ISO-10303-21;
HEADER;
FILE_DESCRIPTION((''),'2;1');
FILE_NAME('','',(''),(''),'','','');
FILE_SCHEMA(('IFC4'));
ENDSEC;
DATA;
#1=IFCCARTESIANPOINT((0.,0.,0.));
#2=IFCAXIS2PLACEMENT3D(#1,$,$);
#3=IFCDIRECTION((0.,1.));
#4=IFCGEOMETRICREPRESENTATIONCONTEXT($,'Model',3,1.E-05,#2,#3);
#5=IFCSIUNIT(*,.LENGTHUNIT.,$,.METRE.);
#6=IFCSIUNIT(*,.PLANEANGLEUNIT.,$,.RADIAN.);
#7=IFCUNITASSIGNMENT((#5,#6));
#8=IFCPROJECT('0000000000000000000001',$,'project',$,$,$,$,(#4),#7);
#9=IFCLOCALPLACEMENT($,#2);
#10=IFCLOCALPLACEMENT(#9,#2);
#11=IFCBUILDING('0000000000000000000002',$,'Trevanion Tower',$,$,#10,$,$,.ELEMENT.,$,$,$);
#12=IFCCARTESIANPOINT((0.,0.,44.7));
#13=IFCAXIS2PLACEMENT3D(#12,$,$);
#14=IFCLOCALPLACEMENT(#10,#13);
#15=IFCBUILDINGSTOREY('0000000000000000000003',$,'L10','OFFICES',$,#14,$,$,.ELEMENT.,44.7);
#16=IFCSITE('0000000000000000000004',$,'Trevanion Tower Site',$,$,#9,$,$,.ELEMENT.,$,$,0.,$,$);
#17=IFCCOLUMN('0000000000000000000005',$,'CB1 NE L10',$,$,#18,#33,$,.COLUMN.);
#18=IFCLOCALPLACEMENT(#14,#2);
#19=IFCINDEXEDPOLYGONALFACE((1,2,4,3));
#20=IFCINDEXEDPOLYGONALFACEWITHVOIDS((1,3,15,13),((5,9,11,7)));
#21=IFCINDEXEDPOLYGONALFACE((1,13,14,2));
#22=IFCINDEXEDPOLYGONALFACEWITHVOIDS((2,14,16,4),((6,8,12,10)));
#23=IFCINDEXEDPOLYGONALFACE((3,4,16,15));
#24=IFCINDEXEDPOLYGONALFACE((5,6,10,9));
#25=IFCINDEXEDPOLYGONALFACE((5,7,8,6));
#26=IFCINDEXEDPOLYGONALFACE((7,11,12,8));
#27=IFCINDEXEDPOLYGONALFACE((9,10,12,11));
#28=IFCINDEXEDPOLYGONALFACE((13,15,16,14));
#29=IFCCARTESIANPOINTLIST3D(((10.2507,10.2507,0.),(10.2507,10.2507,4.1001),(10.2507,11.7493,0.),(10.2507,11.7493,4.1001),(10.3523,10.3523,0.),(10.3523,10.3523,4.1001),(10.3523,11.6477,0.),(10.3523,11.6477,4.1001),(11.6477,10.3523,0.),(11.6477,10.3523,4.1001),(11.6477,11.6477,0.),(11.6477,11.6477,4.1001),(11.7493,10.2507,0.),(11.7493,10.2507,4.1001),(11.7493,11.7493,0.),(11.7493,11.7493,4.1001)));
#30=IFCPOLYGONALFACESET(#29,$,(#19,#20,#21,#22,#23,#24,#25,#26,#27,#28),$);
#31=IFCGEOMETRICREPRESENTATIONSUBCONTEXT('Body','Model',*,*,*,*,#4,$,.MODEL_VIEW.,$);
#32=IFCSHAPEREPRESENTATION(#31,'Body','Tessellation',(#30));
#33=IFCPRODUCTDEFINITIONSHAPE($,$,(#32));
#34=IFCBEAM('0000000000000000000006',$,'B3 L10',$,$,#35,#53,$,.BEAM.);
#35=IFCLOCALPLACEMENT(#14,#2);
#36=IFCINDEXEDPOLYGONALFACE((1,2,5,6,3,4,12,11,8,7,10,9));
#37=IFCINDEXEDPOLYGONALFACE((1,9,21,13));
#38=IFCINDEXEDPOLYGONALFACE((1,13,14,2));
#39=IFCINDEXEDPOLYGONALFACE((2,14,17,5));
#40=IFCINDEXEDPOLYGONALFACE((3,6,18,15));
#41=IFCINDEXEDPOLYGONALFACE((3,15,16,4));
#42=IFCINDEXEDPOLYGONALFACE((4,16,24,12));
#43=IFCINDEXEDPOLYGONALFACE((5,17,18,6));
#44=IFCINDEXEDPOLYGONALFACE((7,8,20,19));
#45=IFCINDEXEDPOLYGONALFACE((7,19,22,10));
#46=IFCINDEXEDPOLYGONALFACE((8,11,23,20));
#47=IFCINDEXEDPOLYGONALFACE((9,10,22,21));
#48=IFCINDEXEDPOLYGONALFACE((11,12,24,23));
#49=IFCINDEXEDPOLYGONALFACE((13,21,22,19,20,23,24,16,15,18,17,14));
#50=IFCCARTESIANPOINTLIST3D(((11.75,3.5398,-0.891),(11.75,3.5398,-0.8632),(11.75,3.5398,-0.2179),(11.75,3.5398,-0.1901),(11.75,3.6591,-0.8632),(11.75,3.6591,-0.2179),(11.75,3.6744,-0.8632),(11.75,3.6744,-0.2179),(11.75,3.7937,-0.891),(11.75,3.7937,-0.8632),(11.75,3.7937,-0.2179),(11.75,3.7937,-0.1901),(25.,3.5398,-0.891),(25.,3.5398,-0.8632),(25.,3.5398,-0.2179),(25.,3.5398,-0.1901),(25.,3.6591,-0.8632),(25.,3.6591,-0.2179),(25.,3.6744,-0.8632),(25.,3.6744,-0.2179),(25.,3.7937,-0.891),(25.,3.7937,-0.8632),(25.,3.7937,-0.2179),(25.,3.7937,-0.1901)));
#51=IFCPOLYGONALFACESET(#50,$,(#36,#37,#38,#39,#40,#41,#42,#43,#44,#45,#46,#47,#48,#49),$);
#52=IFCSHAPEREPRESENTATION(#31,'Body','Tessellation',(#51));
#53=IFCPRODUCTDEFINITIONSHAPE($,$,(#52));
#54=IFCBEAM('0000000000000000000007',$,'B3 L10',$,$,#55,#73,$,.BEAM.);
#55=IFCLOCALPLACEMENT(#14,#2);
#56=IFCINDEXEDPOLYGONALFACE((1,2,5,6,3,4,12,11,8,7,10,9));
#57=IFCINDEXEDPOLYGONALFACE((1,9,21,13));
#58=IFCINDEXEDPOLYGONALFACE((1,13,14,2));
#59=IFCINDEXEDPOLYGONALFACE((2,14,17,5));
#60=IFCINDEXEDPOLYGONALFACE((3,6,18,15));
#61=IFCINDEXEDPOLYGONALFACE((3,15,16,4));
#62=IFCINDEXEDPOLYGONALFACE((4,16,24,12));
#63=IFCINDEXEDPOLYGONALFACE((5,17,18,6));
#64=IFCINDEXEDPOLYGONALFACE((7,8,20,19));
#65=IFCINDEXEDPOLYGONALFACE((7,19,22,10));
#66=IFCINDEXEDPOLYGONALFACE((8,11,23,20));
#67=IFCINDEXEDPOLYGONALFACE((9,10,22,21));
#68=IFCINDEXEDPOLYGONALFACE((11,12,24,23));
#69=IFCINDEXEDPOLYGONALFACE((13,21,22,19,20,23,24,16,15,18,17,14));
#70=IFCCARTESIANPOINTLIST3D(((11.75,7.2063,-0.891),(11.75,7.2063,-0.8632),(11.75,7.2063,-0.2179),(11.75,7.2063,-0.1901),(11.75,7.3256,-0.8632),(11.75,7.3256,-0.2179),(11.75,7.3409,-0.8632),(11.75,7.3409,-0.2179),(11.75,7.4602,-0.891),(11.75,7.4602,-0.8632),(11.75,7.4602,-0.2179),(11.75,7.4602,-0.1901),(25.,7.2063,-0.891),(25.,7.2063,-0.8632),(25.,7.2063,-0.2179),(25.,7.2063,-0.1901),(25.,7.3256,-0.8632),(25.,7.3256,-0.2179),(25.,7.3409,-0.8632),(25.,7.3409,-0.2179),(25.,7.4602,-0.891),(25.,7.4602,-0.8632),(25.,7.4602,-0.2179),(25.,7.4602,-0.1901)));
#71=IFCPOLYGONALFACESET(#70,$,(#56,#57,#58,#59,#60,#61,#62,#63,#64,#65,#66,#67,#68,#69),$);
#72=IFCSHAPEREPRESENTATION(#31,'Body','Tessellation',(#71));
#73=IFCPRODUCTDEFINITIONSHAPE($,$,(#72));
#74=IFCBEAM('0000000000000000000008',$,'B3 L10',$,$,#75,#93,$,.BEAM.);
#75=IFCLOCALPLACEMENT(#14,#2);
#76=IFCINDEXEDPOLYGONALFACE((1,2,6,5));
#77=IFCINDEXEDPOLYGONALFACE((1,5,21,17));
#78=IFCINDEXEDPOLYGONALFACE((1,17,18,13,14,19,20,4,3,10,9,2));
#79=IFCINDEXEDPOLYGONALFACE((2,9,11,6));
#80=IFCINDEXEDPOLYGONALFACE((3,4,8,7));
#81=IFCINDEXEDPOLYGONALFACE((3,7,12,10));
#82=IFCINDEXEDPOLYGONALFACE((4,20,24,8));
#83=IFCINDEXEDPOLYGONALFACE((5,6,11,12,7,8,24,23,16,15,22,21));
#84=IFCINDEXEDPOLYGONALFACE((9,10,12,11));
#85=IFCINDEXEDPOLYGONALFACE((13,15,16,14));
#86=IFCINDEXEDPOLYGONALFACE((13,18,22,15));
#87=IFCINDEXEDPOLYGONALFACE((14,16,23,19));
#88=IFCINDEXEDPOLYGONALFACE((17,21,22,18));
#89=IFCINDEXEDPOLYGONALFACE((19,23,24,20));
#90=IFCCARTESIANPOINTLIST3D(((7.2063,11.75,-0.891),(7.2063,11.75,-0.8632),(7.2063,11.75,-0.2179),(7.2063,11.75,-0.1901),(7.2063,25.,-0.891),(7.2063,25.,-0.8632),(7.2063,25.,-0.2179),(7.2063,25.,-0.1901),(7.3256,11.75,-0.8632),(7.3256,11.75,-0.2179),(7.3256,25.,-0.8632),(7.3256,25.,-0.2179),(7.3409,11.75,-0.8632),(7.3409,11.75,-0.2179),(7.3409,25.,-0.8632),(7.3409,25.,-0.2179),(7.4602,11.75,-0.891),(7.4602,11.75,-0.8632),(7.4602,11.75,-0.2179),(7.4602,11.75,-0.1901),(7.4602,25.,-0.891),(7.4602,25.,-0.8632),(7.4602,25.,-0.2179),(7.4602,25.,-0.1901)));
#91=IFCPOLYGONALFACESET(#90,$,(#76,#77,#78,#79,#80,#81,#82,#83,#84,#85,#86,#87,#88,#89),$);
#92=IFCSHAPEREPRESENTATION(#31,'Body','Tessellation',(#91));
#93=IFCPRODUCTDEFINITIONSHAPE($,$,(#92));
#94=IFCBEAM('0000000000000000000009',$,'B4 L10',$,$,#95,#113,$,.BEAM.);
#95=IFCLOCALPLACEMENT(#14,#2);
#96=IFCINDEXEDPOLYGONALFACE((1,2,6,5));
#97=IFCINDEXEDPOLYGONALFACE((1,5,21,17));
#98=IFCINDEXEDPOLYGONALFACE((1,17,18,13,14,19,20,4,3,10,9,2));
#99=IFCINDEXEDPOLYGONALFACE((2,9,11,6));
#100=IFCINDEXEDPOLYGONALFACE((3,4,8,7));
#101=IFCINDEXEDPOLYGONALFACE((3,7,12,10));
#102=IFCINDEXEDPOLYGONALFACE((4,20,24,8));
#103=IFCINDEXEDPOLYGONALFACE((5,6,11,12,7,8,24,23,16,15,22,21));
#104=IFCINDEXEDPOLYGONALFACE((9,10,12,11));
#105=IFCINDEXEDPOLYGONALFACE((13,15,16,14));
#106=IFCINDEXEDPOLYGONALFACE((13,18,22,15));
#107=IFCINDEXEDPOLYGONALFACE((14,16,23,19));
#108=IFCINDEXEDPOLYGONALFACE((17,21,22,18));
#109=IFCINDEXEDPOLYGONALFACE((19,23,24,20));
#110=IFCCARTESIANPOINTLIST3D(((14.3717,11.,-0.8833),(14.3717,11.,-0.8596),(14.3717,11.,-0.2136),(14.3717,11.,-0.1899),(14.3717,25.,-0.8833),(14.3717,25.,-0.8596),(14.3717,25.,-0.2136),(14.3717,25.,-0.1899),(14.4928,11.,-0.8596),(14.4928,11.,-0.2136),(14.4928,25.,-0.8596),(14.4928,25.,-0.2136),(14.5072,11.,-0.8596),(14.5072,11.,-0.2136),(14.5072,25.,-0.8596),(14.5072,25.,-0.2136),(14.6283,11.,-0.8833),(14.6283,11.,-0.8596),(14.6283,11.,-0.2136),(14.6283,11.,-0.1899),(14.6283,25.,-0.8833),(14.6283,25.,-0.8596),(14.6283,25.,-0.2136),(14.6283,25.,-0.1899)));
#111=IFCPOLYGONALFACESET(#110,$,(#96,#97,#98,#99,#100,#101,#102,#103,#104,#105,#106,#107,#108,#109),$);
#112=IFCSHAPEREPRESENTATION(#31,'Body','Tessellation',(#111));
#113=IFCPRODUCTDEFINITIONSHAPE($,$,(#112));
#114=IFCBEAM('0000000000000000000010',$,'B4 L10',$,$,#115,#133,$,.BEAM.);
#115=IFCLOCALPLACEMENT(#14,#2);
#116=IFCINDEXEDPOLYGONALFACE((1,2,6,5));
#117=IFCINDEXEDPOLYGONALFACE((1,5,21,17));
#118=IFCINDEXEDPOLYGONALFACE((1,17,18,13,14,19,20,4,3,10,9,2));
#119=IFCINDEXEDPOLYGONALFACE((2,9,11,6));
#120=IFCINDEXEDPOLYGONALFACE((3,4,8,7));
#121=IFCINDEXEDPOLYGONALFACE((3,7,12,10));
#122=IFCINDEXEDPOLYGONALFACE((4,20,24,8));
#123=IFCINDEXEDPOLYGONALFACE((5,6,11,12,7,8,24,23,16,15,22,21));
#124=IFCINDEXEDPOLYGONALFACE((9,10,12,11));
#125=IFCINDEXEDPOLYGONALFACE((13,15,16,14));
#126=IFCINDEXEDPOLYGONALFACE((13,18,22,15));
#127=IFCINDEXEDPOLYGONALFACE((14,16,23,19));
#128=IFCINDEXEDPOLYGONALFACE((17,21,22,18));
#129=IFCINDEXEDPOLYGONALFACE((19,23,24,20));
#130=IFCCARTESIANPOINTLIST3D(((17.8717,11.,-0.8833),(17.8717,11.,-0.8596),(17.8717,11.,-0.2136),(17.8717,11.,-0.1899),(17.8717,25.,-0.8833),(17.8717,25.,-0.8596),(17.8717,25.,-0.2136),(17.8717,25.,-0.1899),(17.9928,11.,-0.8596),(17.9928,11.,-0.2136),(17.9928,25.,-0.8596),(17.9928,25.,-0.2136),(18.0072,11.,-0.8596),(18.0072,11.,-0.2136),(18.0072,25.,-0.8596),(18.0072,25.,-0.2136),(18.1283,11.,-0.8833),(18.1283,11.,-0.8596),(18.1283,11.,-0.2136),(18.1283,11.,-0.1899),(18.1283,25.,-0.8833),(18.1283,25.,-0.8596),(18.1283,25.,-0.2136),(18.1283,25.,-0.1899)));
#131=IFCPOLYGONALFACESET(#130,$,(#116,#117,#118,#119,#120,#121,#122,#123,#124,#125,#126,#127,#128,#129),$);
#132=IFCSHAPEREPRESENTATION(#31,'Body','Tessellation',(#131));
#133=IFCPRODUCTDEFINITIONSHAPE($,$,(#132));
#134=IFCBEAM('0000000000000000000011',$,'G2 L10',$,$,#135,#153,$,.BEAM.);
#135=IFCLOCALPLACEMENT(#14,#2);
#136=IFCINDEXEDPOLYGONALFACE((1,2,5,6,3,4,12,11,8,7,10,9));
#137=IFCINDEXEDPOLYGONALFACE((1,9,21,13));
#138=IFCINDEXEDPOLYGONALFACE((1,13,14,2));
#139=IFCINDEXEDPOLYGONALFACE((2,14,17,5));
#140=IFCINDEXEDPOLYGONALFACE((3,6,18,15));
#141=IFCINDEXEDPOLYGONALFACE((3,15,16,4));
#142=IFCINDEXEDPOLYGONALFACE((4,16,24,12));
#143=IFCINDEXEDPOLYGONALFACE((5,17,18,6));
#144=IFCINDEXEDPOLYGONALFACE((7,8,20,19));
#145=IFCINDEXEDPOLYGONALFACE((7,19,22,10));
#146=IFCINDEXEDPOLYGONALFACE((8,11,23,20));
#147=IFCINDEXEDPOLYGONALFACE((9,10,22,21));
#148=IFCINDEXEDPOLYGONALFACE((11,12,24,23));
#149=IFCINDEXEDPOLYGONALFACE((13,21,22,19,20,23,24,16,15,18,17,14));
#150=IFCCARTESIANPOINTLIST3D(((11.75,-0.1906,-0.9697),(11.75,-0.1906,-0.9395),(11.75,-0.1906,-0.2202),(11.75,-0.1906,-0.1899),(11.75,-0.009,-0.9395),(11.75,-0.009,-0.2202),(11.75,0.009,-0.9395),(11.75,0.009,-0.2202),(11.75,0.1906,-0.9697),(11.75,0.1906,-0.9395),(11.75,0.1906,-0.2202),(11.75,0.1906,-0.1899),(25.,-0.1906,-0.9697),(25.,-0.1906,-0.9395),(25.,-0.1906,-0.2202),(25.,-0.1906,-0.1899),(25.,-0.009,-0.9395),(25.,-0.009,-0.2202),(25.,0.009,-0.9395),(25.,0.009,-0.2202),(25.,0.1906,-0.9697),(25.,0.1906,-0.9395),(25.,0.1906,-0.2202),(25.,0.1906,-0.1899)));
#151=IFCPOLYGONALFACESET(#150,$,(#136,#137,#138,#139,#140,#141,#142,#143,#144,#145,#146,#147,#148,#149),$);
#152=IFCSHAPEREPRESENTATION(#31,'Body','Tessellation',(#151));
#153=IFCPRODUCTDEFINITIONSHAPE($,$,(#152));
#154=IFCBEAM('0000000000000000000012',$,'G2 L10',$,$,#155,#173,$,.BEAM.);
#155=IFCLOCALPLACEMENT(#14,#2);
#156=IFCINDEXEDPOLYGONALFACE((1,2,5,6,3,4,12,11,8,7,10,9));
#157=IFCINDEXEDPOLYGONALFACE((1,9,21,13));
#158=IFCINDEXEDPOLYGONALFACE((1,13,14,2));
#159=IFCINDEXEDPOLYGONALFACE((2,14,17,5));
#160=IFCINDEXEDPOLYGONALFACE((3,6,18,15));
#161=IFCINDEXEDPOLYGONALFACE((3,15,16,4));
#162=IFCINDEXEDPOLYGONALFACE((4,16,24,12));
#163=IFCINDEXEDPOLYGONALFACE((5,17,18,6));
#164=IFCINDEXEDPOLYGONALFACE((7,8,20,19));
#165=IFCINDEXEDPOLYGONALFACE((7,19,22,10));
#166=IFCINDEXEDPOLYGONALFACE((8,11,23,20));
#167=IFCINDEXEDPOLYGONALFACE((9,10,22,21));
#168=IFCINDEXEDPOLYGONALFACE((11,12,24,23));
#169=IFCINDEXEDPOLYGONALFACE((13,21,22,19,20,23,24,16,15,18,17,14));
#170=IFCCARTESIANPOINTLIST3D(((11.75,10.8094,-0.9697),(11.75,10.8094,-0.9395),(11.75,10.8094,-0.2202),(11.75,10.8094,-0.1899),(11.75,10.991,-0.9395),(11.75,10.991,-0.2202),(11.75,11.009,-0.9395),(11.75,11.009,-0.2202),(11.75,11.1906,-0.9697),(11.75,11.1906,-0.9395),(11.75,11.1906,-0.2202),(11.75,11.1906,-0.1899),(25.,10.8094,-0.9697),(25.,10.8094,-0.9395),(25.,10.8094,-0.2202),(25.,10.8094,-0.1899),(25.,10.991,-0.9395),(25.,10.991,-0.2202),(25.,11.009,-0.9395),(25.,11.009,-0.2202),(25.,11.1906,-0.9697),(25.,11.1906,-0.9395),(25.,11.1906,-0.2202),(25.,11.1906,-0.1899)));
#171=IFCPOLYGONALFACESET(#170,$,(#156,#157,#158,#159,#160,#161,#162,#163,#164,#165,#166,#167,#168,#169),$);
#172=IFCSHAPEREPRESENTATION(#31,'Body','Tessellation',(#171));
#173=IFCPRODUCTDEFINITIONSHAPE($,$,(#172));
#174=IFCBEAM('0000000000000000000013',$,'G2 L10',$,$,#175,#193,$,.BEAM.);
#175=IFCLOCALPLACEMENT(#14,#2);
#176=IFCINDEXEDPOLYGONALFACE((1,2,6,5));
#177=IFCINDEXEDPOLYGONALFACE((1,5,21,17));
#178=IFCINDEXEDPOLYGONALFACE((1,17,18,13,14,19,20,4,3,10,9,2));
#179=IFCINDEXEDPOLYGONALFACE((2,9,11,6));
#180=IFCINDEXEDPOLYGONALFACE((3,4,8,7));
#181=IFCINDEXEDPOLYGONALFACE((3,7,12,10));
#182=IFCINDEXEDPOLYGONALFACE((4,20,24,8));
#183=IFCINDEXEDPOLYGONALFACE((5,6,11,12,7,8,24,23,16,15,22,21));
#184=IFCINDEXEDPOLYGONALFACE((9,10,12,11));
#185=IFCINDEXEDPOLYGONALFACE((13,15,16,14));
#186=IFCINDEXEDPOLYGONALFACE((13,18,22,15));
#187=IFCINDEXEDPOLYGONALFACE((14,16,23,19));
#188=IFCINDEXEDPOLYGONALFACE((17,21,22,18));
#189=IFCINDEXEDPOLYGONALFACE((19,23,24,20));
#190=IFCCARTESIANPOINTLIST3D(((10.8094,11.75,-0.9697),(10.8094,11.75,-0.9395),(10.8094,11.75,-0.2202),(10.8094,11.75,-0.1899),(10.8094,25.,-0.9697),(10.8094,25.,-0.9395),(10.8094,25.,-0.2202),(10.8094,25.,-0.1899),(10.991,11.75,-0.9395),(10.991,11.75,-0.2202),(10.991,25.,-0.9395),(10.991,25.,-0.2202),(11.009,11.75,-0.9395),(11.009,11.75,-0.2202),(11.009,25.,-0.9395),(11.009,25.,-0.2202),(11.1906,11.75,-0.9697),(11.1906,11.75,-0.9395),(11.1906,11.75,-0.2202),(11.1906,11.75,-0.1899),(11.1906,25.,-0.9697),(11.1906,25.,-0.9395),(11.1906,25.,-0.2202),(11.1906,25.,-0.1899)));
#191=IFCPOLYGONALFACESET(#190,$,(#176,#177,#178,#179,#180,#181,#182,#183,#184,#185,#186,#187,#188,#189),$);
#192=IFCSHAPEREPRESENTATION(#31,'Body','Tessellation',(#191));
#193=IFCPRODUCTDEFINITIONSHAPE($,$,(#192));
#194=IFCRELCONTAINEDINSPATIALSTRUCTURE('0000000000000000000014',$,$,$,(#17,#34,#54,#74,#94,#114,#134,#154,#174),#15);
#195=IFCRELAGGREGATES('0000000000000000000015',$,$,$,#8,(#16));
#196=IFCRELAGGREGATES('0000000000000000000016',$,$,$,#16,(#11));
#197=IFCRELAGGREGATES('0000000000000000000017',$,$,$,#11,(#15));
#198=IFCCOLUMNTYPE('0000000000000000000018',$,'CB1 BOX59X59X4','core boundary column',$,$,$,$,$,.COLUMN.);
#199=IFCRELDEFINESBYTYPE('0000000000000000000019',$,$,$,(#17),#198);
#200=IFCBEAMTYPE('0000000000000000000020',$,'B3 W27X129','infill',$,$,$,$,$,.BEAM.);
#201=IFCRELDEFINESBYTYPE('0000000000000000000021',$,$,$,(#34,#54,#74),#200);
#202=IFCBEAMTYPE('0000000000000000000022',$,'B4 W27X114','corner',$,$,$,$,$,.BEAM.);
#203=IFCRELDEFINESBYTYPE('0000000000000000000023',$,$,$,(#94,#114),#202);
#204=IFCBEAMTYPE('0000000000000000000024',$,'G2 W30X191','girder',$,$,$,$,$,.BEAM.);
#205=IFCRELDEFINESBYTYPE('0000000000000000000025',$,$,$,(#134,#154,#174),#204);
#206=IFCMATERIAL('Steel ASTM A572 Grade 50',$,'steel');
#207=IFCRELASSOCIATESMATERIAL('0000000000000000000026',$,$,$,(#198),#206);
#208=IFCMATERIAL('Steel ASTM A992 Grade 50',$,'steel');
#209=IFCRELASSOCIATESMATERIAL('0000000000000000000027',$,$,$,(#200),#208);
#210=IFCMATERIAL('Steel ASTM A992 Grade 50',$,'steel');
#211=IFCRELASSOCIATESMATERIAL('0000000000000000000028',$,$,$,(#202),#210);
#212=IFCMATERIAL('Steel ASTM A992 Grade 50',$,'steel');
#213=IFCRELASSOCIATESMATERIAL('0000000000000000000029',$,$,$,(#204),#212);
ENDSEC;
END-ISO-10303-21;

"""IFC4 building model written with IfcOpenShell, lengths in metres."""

from ifc_helpers import new_model, si_unit, direction, frame, origin, origin_2d, place, context, subcontext, project, spatial, hollow_rectangle, i_section, extrude, material, material_profile, profile_set, type_object, element, save


model = new_model("IFC4")

# Units and contexts
model_context = context("Model", 3, precision=1e-05, world=origin(), true_north=direction((0.0, 1.0)))
body_context = subcontext(model_context, "Body", "Model", "MODEL_VIEW")
ifc_project = project(units=[si_unit("LENGTHUNIT", "METRE"), si_unit("PLANEANGLEUNIT", "RADIAN")], contexts=[model_context])

# Site, building, storey
site_placement = place(None, origin())
site = spatial("IfcSite", under=ifc_project, at=site_placement, Name="Trevanion Tower Site", CompositionType="ELEMENT", RefElevation=0.0)
building_placement = place(site_placement, origin())
building = spatial("IfcBuilding", under=site, at=building_placement, Name="Trevanion Tower", CompositionType="ELEMENT")
storey_placement = place(building_placement, frame((0.0, 0.0, 44.7)))
storey = spatial("IfcBuildingStorey", under=building, at=storey_placement, Name="L10", Description="OFFICES", CompositionType="ELEMENT", Elevation=44.7)

# Column
ifc_material_1 = material(Name="Steel ASTM A572 Grade 50", Category="steel")
ifc_material_profile_1 = material_profile(ifc_material_1, hollow_rectangle(XDim=1.4985, YDim=1.4985, WallThickness=0.1016, at=origin_2d()), Name="BOX59X59X4")
ifc_profile_set_1 = profile_set([ifc_material_profile_1], Name="Steel ASTM A572 Grade 50")
column_type = type_object("IfcColumnType", Name="CB1 BOX59X59X4", Description="core boundary column", PredefinedType="COLUMN", material=ifc_profile_set_1)
column_placement = place(storey_placement, frame((11.0, 11.0, 0.0), z_axis=(0.0, 0.0, 1.0), x_axis=(1.0, 0.0, 0.0)))
element("IfcColumn", 1, at=column_placement, inside=storey, type_object=column_type, Name="CB1 NE L10", PredefinedType="COLUMN", context=body_context, shape_type="SweptSolid", body=[
    extrude(hollow_rectangle(XDim=1.4985, YDim=1.4985, WallThickness=0.1016, at=origin_2d()), origin(), (0.0, 0.0, 1.0), 4.1001),
])

# Beams
ifc_material_2 = material(Name="Steel ASTM A992 Grade 50", Category="steel")
ifc_material_profile_2 = material_profile(ifc_material_2, i_section(OverallWidth=0.2539, OverallDepth=0.7009, WebThickness=0.0154, FlangeThickness=0.0278, at=origin_2d()), Name="W27X129")
ifc_profile_set_2 = profile_set([ifc_material_profile_2], Name="Steel ASTM A992 Grade 50")
beam_type_1 = type_object("IfcBeamType", Name="B3 W27X129", Description="infill", PredefinedType="BEAM", material=ifc_profile_set_2)
for number, where, z_axis, x_axis, name in (
    (2, (11.75, 3.6667, -0.5405), (1.0, 0.0, 0.0), (0.0, 1.0, 0.0), "B3 L10"),
    (3, (11.75, 7.3333, -0.5405), (1.0, 0.0, 0.0), (0.0, 1.0, 0.0), "B3 L10"),
    (4, (7.3333, 11.75, -0.5405), (0.0, 1.0, 0.0), (-1.0, 0.0, 0.0), "B3 L10"),
):
    element("IfcBeam", number, at=place(storey_placement, frame(where, z_axis=z_axis, x_axis=x_axis)), inside=storey, type_object=beam_type_1, Name=name, PredefinedType="BEAM", context=body_context, shape_type="SweptSolid", body=[
        extrude(i_section(OverallWidth=0.2539, OverallDepth=0.7009, WebThickness=0.0154, FlangeThickness=0.0278, at=origin_2d()), origin(), (0.0, 0.0, 1.0), 13.25),
    ])
ifc_material_3 = material(Name="Steel ASTM A992 Grade 50", Category="steel")
ifc_material_profile_3 = material_profile(ifc_material_3, i_section(OverallWidth=0.2566, OverallDepth=0.6934, WebThickness=0.0144, FlangeThickness=0.0237, at=origin_2d()), Name="W27X114")
ifc_profile_set_3 = profile_set([ifc_material_profile_3], Name="Steel ASTM A992 Grade 50")
beam_type_2 = type_object("IfcBeamType", Name="B4 W27X114", Description="corner", PredefinedType="BEAM", material=ifc_profile_set_3)
for number, where, z_axis, x_axis, name in (
    (5, (14.5, 11.0, -0.5366), (0.0, 1.0, 0.0), (-1.0, 0.0, 0.0), "B4 L10"),
    (6, (18.0, 11.0, -0.5366), (0.0, 1.0, 0.0), (-1.0, 0.0, 0.0), "B4 L10"),
):
    element("IfcBeam", number, at=place(storey_placement, frame(where, z_axis=z_axis, x_axis=x_axis)), inside=storey, type_object=beam_type_2, Name=name, PredefinedType="BEAM", context=body_context, shape_type="SweptSolid", body=[
        extrude(i_section(OverallWidth=0.2566, OverallDepth=0.6934, WebThickness=0.0144, FlangeThickness=0.0237, at=origin_2d()), origin(), (0.0, 0.0, 1.0), 14.0),
    ])
ifc_material_4 = material(Name="Steel ASTM A992 Grade 50", Category="steel")
ifc_material_profile_4 = material_profile(ifc_material_4, i_section(OverallWidth=0.3811, OverallDepth=0.7798, WebThickness=0.0181, FlangeThickness=0.0303, at=origin_2d()), Name="W30X191")
ifc_profile_set_4 = profile_set([ifc_material_profile_4], Name="Steel ASTM A992 Grade 50")
beam_type_3 = type_object("IfcBeamType", Name="G2 W30X191", Description="girder", PredefinedType="BEAM", material=ifc_profile_set_4)
for number, where, z_axis, x_axis, name in (
    (7, (11.75, 0.0, -0.5798), (1.0, 0.0, 0.0), (0.0, 1.0, 0.0), "G2 L10"),
    (8, (11.75, 11.0, -0.5798), (1.0, 0.0, 0.0), (0.0, 1.0, 0.0), "G2 L10"),
    (9, (11.0, 11.75, -0.5798), (0.0, 1.0, 0.0), (-1.0, 0.0, 0.0), "G2 L10"),
):
    element("IfcBeam", number, at=place(storey_placement, frame(where, z_axis=z_axis, x_axis=x_axis)), inside=storey, type_object=beam_type_3, Name=name, PredefinedType="BEAM", context=body_context, shape_type="SweptSolid", body=[
        extrude(i_section(OverallWidth=0.3811, OverallDepth=0.7798, WebThickness=0.0181, FlangeThickness=0.0303, at=origin_2d()), origin(), (0.0, 0.0, 1.0), 13.25),
    ])

save(model, "model.ifc")
